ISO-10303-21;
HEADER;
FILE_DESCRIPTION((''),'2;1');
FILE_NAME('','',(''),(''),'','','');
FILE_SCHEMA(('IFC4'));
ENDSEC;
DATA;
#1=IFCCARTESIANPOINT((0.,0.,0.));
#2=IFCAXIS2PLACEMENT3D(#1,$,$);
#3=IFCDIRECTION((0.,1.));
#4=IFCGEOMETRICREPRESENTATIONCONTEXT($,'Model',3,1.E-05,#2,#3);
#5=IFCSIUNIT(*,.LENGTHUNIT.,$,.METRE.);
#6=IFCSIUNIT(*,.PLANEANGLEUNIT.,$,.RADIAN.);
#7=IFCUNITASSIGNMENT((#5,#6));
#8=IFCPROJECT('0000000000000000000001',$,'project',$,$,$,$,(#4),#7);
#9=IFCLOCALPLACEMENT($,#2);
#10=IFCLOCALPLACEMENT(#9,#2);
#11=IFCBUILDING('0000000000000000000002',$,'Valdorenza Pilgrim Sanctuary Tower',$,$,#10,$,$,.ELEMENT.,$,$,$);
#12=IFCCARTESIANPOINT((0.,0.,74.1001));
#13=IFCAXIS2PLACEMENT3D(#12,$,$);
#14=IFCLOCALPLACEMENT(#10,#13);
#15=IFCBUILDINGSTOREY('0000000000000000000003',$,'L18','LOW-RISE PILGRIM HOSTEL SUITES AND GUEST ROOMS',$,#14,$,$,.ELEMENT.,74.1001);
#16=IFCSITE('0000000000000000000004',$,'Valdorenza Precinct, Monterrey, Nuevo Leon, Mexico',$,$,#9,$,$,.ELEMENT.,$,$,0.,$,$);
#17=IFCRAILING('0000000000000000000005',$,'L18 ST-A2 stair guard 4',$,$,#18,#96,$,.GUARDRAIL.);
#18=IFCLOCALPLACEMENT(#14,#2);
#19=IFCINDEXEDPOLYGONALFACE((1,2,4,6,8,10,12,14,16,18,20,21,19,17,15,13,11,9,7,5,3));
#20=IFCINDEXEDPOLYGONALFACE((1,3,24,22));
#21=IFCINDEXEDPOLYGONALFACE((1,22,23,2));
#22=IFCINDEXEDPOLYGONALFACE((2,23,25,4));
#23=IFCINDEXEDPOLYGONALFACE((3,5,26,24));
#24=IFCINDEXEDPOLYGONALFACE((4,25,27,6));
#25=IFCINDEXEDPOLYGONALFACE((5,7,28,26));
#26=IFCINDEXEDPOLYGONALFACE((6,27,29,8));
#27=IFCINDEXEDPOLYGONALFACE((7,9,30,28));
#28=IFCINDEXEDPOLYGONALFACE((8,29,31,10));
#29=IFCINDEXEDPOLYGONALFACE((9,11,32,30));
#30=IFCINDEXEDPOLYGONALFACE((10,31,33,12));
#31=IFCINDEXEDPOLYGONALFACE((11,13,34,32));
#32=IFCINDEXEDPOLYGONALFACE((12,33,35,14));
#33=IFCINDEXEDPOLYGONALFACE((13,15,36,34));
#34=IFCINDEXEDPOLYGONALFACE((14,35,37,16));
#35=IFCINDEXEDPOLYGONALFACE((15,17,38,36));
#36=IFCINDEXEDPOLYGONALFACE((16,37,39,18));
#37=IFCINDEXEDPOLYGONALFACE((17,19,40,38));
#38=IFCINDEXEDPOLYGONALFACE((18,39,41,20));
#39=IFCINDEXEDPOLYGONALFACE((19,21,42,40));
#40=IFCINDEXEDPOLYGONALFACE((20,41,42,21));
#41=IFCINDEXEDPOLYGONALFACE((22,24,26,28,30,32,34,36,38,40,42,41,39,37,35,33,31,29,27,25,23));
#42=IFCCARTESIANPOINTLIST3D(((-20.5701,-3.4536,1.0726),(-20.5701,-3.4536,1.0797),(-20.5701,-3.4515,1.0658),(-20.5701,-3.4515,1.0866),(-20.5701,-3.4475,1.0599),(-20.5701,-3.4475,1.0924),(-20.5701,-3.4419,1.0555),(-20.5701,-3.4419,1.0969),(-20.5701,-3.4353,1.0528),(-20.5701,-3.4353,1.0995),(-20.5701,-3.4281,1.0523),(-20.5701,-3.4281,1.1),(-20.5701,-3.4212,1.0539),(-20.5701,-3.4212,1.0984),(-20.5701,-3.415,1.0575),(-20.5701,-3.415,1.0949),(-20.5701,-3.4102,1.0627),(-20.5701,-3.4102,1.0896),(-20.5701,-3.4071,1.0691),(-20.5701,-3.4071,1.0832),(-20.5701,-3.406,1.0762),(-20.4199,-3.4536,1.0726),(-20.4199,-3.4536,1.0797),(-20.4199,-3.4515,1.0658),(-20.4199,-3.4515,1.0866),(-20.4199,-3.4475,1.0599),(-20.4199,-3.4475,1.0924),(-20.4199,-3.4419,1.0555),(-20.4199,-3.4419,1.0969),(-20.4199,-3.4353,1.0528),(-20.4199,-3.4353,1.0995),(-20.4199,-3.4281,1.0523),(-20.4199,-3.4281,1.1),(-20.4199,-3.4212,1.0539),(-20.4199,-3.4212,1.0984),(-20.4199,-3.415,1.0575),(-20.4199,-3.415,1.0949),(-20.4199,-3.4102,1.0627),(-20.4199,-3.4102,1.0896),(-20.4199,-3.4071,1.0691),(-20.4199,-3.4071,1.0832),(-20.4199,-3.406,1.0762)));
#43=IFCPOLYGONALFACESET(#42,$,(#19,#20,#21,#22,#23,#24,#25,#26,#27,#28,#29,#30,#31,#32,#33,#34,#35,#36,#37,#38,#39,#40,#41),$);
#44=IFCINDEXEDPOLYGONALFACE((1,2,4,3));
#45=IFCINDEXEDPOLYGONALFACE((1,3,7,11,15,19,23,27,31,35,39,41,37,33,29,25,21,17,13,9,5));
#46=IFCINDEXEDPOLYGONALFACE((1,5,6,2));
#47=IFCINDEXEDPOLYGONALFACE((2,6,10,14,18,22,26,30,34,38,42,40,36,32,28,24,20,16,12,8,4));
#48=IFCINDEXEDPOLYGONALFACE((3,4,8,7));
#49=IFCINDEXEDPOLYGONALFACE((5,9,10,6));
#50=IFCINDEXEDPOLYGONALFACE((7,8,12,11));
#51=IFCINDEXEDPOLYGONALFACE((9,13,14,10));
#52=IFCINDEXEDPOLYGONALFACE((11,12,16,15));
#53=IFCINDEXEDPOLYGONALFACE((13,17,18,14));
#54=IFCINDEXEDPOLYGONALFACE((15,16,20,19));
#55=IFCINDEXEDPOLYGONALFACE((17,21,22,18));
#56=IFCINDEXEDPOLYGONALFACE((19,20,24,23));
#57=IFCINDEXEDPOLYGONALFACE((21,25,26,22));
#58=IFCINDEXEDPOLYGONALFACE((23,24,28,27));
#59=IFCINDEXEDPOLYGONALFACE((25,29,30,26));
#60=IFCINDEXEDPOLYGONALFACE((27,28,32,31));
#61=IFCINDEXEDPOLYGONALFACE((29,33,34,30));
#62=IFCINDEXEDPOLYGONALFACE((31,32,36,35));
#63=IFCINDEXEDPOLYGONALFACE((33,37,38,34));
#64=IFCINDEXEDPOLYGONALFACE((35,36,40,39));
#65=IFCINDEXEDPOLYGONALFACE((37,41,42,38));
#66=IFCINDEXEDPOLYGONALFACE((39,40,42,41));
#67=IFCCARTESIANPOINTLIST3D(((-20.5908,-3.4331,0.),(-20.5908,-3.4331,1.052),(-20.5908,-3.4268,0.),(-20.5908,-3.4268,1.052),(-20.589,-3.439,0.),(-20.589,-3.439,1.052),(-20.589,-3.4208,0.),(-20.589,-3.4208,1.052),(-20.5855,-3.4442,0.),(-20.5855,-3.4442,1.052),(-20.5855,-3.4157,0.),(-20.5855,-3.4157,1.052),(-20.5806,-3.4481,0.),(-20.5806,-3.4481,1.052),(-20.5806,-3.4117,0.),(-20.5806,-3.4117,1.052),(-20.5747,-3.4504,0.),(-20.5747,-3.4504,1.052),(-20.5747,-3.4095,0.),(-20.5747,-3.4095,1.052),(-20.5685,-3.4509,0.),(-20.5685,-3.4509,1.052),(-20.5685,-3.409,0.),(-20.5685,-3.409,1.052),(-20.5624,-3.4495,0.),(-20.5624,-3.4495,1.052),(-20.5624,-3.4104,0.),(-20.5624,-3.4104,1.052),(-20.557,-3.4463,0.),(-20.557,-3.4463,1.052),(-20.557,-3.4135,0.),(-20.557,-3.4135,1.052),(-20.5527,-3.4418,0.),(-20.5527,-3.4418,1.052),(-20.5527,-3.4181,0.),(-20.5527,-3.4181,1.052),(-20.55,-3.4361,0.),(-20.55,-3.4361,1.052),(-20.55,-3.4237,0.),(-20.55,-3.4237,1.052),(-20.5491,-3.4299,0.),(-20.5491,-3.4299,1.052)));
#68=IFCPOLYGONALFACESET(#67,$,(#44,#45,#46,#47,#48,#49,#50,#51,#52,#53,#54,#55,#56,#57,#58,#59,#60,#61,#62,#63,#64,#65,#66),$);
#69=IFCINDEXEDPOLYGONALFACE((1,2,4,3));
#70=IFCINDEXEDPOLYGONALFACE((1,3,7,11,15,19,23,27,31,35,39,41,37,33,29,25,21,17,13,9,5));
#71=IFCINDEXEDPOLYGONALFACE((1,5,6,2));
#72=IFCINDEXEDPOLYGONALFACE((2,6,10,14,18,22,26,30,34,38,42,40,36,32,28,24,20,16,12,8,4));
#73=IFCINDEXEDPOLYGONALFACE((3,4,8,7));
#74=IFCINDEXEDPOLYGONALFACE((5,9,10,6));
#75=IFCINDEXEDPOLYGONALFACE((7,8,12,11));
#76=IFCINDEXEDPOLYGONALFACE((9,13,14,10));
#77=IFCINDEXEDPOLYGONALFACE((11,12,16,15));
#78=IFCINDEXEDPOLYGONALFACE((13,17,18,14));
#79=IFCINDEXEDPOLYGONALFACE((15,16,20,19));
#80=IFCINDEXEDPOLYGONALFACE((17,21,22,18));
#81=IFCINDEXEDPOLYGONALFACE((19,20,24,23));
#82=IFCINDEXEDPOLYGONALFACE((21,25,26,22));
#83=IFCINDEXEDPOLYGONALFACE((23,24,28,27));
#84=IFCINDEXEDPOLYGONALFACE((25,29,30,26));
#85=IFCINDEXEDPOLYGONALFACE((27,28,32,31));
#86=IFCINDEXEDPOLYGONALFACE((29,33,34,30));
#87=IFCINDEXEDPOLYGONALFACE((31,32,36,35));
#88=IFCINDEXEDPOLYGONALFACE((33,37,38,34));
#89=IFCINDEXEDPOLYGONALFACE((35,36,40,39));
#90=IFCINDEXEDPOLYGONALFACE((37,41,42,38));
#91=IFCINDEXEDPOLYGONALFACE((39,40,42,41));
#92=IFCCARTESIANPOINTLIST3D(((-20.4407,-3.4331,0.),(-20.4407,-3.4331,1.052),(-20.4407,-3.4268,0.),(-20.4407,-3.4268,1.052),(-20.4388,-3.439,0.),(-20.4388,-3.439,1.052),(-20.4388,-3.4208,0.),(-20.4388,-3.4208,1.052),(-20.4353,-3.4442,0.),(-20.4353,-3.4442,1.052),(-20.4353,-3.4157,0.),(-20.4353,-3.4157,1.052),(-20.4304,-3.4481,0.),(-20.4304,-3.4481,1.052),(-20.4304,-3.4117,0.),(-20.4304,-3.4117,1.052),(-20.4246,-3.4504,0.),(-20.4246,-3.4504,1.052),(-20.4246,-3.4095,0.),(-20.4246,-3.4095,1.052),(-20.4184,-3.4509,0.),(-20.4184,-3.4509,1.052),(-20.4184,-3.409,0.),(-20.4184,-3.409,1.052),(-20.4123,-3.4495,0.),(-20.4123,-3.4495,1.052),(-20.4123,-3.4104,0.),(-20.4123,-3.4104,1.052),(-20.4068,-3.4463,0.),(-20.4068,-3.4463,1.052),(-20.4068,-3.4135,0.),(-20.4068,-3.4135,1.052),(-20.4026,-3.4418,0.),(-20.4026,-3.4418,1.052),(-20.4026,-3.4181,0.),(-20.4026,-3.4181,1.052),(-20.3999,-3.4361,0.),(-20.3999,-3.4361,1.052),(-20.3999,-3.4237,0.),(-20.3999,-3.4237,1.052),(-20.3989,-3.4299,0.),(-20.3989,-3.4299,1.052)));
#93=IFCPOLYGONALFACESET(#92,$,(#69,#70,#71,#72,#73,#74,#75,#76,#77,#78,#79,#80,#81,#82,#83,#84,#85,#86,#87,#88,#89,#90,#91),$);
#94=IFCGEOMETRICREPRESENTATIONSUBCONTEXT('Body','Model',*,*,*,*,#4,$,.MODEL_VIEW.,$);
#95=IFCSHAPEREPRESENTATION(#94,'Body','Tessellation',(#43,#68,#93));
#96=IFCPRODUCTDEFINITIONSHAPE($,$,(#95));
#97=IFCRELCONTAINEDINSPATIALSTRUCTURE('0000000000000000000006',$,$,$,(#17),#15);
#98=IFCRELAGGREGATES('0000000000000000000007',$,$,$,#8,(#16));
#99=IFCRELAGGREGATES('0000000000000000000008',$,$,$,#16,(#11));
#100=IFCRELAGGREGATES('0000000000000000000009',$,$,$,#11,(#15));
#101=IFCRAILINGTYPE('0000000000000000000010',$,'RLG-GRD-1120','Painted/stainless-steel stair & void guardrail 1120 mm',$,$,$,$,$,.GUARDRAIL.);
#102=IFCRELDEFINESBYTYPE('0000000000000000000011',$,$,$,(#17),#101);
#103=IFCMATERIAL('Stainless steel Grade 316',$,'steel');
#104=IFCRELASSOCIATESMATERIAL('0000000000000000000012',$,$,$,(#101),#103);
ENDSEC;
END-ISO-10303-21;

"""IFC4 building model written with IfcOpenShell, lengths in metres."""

from ifc_helpers import new_model, si_unit, direction, frame, origin, origin_2d, place, context, subcontext, project, spatial, circle, extrude, material, type_object, element, save


model = new_model("IFC4")

# Units and contexts
model_context = context("Model", 3, precision=1e-05, world=origin(), true_north=direction((0.0, 1.0)))
body_context = subcontext(model_context, "Body", "Model", "MODEL_VIEW")
ifc_project = project(units=[si_unit("LENGTHUNIT", "METRE"), si_unit("PLANEANGLEUNIT", "RADIAN")], contexts=[model_context])

# Site, building, storey
site_placement = place(None, origin())
site = spatial("IfcSite", under=ifc_project, at=site_placement, Name="Valdorenza Precinct, Monterrey, Nuevo Leon, Mexico", CompositionType="ELEMENT", RefElevation=0.0)
building_placement = place(site_placement, origin())
building = spatial("IfcBuilding", under=site, at=building_placement, Name="Valdorenza Pilgrim Sanctuary Tower", CompositionType="ELEMENT")
storey_placement = place(building_placement, frame((0.0, 0.0, 74.1001)))
storey = spatial("IfcBuildingStorey", under=building, at=storey_placement, Name="L18", Description="LOW-RISE PILGRIM HOSTEL SUITES AND GUEST ROOMS", CompositionType="ELEMENT", Elevation=74.1001)

# Railing
ifc_material_1 = material(Name="Stainless steel Grade 316", Category="steel")
railing_type_1 = type_object("IfcRailingType", Name="RLG-GRD-1120", Description="Painted/stainless-steel stair & void guardrail 1120 mm", PredefinedType="GUARDRAIL", material=ifc_material_1)
railing_1_placement = place(storey_placement, frame((-20.5701, -3.4299, 0.0)))
element("IfcRailing", 1, at=railing_1_placement, inside=storey, type_object=railing_type_1, Name="L18 ST-A2 stair guard 4", PredefinedType="GUARDRAIL", context=body_context, shape_type="SweptSolid", body=[
    extrude(circle(Radius=0.0239, at=origin_2d()), frame((0.0, 0.0, 1.0762), z_axis=(1.0, 0.0, 0.0), x_axis=(0.0, 1.0, 0.0)), (0.0, 0.0, 1.0), 0.1501),
    extrude(circle(Radius=0.021, at=origin_2d()), origin(), (0.0, 0.0, 1.0), 1.052),
    extrude(circle(Radius=0.021, at=origin_2d()), frame((0.1501, 0.0, 0.0)), (0.0, 0.0, 1.0), 1.052),
])

save(model, "model.ifc")
